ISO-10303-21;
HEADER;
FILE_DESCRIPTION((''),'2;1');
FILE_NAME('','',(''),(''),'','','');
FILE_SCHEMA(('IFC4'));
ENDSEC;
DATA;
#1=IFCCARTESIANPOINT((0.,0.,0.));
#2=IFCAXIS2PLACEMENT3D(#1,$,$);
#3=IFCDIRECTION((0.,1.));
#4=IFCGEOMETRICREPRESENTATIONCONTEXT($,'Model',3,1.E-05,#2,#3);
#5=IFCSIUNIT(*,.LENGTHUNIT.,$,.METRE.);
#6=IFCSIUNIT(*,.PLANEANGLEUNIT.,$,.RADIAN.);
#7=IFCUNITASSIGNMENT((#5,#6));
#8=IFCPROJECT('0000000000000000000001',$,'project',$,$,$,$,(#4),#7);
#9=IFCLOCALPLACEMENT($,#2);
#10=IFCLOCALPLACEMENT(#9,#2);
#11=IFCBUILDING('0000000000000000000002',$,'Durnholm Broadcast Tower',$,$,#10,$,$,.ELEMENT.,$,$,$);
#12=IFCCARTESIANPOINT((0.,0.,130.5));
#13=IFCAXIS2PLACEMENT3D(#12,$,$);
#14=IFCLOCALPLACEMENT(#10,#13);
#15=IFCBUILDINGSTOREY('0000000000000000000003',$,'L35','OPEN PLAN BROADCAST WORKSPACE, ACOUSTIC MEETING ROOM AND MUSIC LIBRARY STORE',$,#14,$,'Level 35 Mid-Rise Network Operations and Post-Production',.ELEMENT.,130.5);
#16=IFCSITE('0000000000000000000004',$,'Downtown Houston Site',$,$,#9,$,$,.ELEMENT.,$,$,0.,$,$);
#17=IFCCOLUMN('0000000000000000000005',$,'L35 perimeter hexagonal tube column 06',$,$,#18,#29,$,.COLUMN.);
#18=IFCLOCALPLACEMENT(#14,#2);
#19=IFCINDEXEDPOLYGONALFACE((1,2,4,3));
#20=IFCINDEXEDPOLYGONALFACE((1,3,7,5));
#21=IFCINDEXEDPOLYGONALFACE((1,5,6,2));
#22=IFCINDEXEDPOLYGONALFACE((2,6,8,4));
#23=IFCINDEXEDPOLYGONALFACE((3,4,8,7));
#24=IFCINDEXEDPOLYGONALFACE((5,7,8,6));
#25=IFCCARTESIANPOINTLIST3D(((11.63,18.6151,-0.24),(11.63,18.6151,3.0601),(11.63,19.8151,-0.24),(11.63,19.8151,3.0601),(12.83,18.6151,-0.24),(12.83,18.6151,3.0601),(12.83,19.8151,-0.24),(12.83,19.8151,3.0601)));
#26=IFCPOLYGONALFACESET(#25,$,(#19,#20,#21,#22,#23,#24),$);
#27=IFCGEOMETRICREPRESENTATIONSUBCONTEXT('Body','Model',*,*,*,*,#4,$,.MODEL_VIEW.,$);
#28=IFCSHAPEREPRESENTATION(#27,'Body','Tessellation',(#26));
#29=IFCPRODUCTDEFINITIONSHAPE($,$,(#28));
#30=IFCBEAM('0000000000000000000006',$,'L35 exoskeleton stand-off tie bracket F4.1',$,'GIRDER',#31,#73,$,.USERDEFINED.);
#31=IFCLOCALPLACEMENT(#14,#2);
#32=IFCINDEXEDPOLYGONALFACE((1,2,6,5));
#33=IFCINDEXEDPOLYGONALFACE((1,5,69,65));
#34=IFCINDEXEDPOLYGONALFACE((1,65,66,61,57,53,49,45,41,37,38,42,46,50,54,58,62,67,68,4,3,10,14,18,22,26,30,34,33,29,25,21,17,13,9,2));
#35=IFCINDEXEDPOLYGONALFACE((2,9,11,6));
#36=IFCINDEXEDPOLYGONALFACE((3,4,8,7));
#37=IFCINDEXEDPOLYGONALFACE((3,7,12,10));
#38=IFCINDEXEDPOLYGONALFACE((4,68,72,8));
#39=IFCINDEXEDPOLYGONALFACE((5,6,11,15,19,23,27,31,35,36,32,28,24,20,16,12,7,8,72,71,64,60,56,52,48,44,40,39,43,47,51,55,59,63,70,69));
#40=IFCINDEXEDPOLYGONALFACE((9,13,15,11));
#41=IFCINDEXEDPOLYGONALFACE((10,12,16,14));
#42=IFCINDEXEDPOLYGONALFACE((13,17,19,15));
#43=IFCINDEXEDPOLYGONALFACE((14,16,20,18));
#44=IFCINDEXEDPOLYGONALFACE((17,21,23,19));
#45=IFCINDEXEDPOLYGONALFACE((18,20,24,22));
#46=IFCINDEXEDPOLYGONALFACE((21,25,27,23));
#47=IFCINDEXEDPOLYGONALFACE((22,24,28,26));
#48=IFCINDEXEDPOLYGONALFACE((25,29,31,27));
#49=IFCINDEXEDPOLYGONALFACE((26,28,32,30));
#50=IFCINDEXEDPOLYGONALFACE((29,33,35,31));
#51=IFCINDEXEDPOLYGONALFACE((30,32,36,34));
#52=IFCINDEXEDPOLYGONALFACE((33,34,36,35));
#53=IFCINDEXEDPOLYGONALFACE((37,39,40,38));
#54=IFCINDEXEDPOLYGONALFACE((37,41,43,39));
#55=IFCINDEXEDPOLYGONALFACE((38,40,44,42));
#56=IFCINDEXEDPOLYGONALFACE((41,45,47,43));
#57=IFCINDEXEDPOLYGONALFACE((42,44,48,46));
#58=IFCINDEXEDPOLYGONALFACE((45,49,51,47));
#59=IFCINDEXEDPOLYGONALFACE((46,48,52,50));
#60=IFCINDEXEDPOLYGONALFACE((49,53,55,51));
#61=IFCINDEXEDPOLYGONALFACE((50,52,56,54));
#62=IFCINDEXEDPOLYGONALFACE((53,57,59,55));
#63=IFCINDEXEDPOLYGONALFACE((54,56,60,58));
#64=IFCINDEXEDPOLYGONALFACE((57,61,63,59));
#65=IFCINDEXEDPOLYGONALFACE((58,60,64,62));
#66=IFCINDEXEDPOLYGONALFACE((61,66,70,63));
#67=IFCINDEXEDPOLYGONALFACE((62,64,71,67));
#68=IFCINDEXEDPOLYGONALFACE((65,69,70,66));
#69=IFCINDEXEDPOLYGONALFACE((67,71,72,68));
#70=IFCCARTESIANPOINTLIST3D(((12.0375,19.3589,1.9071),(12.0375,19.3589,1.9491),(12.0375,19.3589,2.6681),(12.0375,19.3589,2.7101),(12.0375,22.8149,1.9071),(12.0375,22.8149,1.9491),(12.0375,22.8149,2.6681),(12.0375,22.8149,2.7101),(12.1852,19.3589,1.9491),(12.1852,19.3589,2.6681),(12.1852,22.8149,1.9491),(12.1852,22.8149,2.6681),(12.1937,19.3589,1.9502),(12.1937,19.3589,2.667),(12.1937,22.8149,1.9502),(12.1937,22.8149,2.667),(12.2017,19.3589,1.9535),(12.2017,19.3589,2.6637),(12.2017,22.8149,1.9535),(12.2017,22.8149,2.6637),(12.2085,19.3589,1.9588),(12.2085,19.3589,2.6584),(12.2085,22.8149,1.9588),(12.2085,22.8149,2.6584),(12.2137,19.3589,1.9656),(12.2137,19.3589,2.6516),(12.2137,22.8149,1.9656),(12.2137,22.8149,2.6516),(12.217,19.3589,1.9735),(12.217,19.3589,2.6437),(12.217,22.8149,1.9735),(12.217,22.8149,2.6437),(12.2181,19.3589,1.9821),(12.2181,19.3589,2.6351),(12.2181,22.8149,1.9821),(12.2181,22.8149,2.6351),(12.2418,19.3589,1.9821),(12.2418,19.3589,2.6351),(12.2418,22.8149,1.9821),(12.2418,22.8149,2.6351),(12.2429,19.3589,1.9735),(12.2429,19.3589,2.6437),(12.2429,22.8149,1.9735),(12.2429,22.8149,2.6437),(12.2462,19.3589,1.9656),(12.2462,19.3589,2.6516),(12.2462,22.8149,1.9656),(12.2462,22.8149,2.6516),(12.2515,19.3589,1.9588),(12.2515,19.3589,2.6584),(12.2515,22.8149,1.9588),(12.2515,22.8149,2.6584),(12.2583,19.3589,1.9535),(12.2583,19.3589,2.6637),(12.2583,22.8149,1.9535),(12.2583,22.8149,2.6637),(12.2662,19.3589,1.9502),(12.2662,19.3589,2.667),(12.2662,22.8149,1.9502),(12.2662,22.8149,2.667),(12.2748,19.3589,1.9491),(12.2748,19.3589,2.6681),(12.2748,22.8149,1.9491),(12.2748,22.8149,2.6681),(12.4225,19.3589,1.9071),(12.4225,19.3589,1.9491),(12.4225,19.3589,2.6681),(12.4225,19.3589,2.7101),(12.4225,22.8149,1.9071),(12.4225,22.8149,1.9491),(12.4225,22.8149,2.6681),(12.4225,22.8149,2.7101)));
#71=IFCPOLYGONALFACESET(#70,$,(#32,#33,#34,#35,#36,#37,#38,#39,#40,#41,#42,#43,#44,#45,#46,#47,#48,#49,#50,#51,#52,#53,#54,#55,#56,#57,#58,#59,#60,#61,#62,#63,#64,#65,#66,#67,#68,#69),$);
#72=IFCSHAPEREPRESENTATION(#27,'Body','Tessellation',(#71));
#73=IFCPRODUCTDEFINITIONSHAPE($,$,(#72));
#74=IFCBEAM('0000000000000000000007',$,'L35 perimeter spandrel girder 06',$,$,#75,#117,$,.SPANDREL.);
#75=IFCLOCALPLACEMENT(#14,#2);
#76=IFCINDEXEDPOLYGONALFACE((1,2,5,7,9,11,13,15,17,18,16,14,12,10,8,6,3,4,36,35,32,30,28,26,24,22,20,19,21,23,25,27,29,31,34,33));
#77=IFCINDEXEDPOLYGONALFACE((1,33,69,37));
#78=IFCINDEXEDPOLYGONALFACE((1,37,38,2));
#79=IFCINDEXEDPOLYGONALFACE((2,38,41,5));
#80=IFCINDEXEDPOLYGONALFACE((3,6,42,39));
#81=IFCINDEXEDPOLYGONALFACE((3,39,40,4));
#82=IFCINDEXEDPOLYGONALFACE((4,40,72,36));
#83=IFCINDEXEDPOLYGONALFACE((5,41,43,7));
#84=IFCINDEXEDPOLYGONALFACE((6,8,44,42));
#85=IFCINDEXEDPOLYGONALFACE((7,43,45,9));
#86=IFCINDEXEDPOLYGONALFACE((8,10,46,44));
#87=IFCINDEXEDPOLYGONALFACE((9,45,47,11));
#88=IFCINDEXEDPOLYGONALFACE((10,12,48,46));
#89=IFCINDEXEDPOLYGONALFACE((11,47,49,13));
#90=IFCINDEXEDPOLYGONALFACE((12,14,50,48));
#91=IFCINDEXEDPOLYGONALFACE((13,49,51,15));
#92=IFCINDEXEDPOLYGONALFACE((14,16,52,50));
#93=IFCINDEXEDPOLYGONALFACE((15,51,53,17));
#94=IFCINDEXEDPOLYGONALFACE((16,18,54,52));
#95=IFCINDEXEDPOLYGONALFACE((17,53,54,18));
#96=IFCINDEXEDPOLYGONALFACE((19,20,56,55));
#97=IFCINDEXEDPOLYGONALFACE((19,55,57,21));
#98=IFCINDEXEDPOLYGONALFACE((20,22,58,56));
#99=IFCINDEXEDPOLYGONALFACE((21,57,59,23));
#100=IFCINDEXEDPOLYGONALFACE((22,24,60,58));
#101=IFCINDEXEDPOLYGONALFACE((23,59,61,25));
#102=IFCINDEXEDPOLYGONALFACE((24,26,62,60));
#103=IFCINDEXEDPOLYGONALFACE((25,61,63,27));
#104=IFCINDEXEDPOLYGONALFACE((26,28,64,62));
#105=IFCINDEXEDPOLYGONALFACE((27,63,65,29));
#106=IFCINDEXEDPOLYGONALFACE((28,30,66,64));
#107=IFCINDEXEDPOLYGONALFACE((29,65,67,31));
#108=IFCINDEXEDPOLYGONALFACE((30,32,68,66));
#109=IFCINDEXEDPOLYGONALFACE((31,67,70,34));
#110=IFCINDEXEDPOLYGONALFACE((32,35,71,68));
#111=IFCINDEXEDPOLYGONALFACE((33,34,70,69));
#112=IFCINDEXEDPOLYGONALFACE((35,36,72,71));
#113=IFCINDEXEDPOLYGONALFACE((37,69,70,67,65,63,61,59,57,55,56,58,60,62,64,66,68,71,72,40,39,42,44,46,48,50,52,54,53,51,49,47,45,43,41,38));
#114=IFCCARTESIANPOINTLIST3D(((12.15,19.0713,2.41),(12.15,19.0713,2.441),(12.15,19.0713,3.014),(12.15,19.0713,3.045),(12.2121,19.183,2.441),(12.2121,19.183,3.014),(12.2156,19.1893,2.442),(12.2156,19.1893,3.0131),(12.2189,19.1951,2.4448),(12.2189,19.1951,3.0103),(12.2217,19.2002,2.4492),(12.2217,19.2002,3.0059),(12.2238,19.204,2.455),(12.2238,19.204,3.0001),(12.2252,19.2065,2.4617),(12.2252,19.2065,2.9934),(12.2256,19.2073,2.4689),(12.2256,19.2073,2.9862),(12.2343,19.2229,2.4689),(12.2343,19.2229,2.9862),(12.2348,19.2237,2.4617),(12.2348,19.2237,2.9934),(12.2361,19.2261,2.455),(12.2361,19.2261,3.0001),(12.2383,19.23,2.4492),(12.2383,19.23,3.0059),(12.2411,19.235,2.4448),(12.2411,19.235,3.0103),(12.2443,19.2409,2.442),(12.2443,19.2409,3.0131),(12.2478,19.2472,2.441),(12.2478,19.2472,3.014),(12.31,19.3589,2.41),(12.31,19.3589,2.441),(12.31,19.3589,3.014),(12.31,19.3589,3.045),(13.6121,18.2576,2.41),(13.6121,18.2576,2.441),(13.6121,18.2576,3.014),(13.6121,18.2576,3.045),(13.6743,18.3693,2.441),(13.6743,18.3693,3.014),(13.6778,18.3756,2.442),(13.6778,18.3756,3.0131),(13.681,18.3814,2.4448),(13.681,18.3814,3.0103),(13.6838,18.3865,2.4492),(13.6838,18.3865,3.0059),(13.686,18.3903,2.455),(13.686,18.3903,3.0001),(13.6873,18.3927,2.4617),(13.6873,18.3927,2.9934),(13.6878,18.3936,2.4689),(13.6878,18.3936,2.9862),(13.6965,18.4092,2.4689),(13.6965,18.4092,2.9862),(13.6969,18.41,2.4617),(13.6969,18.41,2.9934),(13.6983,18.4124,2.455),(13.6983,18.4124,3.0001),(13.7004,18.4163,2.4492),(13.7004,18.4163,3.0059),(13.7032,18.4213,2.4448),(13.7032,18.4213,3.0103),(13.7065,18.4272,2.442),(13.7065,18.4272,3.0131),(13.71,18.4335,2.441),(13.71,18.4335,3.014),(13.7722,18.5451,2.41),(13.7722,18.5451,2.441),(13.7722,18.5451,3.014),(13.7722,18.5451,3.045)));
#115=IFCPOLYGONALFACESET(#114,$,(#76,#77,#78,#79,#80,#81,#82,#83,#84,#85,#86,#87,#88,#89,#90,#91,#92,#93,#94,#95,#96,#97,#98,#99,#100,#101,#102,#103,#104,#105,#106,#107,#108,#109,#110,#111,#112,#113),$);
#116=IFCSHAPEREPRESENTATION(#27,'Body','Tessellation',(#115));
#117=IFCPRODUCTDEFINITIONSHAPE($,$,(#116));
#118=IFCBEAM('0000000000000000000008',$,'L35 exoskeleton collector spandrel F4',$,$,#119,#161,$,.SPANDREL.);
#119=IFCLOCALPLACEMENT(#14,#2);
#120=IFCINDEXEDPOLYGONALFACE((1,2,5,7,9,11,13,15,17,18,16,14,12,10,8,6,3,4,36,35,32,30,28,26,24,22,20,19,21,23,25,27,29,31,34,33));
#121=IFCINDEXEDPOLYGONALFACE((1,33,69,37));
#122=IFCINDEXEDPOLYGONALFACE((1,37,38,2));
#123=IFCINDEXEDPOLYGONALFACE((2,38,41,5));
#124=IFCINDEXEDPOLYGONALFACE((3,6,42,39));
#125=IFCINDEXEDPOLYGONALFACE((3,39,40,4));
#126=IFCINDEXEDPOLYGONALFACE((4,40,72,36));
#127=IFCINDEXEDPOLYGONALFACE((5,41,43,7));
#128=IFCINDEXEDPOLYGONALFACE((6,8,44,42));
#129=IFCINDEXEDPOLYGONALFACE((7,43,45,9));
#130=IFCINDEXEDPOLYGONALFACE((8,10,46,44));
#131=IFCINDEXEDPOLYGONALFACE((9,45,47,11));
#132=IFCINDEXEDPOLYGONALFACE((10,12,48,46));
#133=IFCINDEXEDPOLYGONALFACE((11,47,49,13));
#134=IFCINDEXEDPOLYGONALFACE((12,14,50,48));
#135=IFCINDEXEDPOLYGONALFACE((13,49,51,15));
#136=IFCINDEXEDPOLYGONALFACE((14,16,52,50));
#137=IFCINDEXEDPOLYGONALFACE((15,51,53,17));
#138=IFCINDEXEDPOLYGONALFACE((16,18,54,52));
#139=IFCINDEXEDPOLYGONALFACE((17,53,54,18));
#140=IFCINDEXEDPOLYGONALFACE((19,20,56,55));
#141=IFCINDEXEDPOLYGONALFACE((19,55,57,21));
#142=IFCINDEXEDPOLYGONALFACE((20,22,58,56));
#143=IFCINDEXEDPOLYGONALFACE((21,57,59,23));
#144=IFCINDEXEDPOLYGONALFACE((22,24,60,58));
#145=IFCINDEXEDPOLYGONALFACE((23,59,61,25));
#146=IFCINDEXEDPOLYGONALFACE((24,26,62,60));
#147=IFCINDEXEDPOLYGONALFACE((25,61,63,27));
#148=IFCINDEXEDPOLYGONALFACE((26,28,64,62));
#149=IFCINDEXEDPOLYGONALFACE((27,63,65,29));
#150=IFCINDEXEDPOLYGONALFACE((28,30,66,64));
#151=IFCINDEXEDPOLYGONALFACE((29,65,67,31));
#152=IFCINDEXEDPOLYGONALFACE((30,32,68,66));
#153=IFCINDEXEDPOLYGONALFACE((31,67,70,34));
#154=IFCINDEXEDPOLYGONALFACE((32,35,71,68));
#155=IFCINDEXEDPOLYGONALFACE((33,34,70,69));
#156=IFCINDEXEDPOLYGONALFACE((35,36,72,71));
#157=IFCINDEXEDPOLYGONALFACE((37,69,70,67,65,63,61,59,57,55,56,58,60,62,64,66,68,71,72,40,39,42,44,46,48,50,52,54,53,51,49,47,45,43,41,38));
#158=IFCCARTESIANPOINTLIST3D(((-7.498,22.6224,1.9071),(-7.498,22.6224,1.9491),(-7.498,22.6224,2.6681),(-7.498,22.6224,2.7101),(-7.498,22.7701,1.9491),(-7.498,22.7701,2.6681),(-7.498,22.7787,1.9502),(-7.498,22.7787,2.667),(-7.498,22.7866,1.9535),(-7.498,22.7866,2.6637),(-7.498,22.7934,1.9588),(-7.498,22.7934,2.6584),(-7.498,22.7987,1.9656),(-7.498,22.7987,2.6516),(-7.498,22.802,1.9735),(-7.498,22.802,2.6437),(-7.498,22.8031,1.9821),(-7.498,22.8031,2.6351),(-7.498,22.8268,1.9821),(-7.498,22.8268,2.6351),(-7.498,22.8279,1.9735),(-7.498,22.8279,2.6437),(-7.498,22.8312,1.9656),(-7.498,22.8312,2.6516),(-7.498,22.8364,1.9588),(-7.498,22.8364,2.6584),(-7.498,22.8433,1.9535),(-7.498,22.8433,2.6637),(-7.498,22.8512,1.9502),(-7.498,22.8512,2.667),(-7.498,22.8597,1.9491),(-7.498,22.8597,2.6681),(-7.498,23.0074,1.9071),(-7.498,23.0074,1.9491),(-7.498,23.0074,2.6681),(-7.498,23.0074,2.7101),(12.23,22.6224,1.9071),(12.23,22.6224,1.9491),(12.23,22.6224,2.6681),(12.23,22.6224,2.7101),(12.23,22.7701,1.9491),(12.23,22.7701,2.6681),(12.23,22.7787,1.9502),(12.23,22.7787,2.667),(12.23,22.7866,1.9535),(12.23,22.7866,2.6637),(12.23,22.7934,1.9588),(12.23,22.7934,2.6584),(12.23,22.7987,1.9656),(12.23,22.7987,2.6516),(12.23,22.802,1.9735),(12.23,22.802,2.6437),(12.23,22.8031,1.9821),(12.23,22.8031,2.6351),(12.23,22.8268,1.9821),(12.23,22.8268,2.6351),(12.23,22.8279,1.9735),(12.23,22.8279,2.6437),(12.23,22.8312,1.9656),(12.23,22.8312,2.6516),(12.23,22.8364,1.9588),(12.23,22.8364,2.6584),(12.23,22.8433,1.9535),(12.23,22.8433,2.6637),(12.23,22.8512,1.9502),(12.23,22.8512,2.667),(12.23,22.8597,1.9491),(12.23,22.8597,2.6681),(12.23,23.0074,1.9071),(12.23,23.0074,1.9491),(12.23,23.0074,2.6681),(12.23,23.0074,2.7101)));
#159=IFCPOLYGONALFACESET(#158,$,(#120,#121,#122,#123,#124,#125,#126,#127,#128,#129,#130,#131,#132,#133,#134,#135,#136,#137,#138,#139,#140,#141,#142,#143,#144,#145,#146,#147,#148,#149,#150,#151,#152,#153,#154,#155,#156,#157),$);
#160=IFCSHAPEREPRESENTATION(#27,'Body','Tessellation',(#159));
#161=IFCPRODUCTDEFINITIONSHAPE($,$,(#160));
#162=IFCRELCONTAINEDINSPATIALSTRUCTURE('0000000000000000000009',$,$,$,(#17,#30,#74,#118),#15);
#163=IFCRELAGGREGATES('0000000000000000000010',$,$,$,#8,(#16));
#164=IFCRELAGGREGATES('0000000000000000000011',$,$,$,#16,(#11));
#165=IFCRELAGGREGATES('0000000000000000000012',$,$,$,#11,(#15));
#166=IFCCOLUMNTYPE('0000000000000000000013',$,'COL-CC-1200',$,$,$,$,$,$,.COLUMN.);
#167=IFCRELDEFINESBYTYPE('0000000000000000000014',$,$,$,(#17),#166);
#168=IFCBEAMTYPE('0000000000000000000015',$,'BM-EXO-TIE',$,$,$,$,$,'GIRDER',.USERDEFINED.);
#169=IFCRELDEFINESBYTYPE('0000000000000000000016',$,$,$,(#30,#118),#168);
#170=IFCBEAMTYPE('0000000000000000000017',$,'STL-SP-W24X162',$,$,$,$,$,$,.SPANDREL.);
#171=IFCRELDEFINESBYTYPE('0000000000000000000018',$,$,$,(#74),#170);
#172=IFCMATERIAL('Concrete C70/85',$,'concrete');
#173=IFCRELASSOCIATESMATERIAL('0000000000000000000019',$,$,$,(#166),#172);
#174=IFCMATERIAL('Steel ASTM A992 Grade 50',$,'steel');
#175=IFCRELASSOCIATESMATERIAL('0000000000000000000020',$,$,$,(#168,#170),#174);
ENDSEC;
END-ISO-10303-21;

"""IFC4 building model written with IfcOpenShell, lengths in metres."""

from ifc_helpers import new_model, si_unit, direction, frame, origin, origin_2d, place, context, subcontext, project, spatial, rectangle, i_section, extrude, source, transform, mapped, material, material_profile, profile_set, type_object, type_shapes, element, save


model = new_model("IFC4")

# Units and contexts
model_context = context("Model", 3, precision=1e-05, world=origin(), true_north=direction((0.0, 1.0)))
body_context = subcontext(model_context, "Body", "Model", "MODEL_VIEW")
ifc_project = project(units=[si_unit("LENGTHUNIT", "METRE"), si_unit("PLANEANGLEUNIT", "RADIAN")], contexts=[model_context])

# Site, building, storey
site_placement = place(None, origin())
site = spatial("IfcSite", under=ifc_project, at=site_placement, Name="Downtown Houston Site", CompositionType="ELEMENT", RefElevation=0.0)
building_placement = place(site_placement, origin())
building = spatial("IfcBuilding", under=site, at=building_placement, Name="Durnholm Broadcast Tower", CompositionType="ELEMENT")
storey_placement = place(building_placement, frame((0.0, 0.0, 130.5)))
storey = spatial("IfcBuildingStorey", under=building, at=storey_placement, Name="L35", Description="OPEN PLAN BROADCAST WORKSPACE, ACOUSTIC MEETING ROOM AND MUSIC LIBRARY STORE", LongName="Level 35 Mid-Rise Network Operations and Post-Production", CompositionType="ELEMENT", Elevation=130.5)

# Column
ifc_material_1 = material(Name="Concrete C70/85", Category="concrete")
ifc_material_profile_1 = material_profile(ifc_material_1, rectangle(XDim=1.2, YDim=1.2, at=origin_2d()), Name="RC1200X1200")
ifc_profile_set_1 = profile_set([ifc_material_profile_1], Name="Concrete C70/85")
column_type = type_object("IfcColumnType", Name="COL-CC-1200", PredefinedType="COLUMN", material=ifc_profile_set_1)
shared_shape_1 = source(origin(), body_context, "Body", "SweptSolid", [
    extrude(rectangle(XDim=1.2, YDim=1.2, at=origin_2d()), origin(), (0.0, 0.0, 1.0), 3.3),
])
type_shapes(column_type, [shared_shape_1])
column_placement = place(storey_placement, frame((12.23, 19.2151, -0.24), z_axis=(0.0, 0.0, 1.0), x_axis=(1.0, 0.0, 0.0)))
element("IfcColumn", 1, at=column_placement, inside=storey, type_object=column_type, Name="L35 perimeter hexagonal tube column 06", PredefinedType="COLUMN", context=body_context, shape_type="MappedRepresentation", body=[
    mapped(shared_shape_1, transform((0.0, 0.0, 0.0), x_axis=(1.0, 0.0, 0.0), y_axis=(0.0, 1.0, 0.0), z_axis=(0.0, 0.0, 1.0), scale=1.0)),
])

# Beams
ifc_material_2 = material(Name="Steel ASTM A992 Grade 50", Category="steel")
ifc_material_profile_2 = material_profile(ifc_material_2, i_section(OverallWidth=0.385, OverallDepth=0.803, WebThickness=0.0237, FlangeThickness=0.042, FilletRadius=0.033, at=origin_2d()), Name="W30X261")
ifc_profile_set_2 = profile_set([ifc_material_profile_2], Name="Steel ASTM A992 Grade 50")
beam_type_1 = type_object("IfcBeamType", Name="BM-EXO-TIE", ElementType="GIRDER", PredefinedType="USERDEFINED", material=ifc_profile_set_2)
shared_shape_2 = source(origin(), body_context, "Body", "SweptSolid", [
    extrude(i_section(OverallWidth=0.385, OverallDepth=0.803, WebThickness=0.0237, FlangeThickness=0.042, FilletRadius=0.033, at=origin_2d()), origin(), (0.0, 0.0, 1.0), 3.4561),
])
beam_1_placement = place(storey_placement, frame((12.23, 19.3589, 2.3086), z_axis=(0.0, 1.0, 0.0), x_axis=(-1.0, 0.0, 0.0)))
element("IfcBeam", 2, at=beam_1_placement, inside=storey, type_object=beam_type_1, Name="L35 exoskeleton stand-off tie bracket F4.1", ObjectType="GIRDER", PredefinedType="USERDEFINED", context=body_context, shape_type="MappedRepresentation", body=[
    mapped(shared_shape_2, transform((0.0, 0.0, 0.0), x_axis=(1.0, 0.0, 0.0), y_axis=(0.0, 1.0, 0.0), z_axis=(0.0, 0.0, 1.0), scale=1.0)),
])
ifc_material_profile_3 = material_profile(ifc_material_2, i_section(OverallWidth=0.3291, OverallDepth=0.635, WebThickness=0.0178, FlangeThickness=0.031, FilletRadius=0.0278, at=origin_2d()), Name="W24X162")
ifc_profile_set_3 = profile_set([ifc_material_profile_3], Name="Steel ASTM A992 Grade 50")
beam_type_2 = type_object("IfcBeamType", Name="STL-SP-W24X162", PredefinedType="SPANDREL", material=ifc_profile_set_3)
shared_shape_3 = source(origin(), body_context, "Body", "SweptSolid", [
    extrude(i_section(OverallWidth=0.3291, OverallDepth=0.635, WebThickness=0.0178, FlangeThickness=0.031, FilletRadius=0.0278, at=origin_2d()), origin(), (0.0, 0.0, 1.0), 1.6733),
])
type_shapes(beam_type_2, [shared_shape_3])
beam_2_placement = place(storey_placement, frame((12.23, 19.2151, 2.7275), z_axis=(0.873799, -0.486287, 0.0), x_axis=(0.486287, 0.873799, 0.0)))
element("IfcBeam", 3, at=beam_2_placement, inside=storey, type_object=beam_type_2, Name="L35 perimeter spandrel girder 06", PredefinedType="SPANDREL", context=body_context, shape_type="MappedRepresentation", body=[
    mapped(shared_shape_3, transform((0.0, 0.0, 0.0), x_axis=(1.0, 0.0, 0.0), y_axis=(0.0, 1.0, 0.0), z_axis=(0.0, 0.0, 1.0), scale=1.0)),
])
shared_shape_4 = source(origin(), body_context, "Body", "SweptSolid", [
    extrude(i_section(OverallWidth=0.385, OverallDepth=0.803, WebThickness=0.0237, FlangeThickness=0.042, FilletRadius=0.033, at=origin_2d()), origin(), (0.0, 0.0, 1.0), 19.728),
])
type_shapes(beam_type_1, [shared_shape_2, shared_shape_4])
beam_3_placement = place(storey_placement, frame((12.23, 22.8149, 2.3086), z_axis=(-1.0, 0.0, 0.0), x_axis=(0.0, -1.0, 0.0)))
element("IfcBeam", 4, at=beam_3_placement, inside=storey, type_object=beam_type_1, Name="L35 exoskeleton collector spandrel F4", PredefinedType="SPANDREL", context=body_context, shape_type="MappedRepresentation", body=[
    mapped(shared_shape_4, transform((0.0, 0.0, 0.0), x_axis=(1.0, 0.0, 0.0), y_axis=(0.0, 1.0, 0.0), z_axis=(0.0, 0.0, 1.0), scale=1.0)),
])

save(model, "model.ifc")
